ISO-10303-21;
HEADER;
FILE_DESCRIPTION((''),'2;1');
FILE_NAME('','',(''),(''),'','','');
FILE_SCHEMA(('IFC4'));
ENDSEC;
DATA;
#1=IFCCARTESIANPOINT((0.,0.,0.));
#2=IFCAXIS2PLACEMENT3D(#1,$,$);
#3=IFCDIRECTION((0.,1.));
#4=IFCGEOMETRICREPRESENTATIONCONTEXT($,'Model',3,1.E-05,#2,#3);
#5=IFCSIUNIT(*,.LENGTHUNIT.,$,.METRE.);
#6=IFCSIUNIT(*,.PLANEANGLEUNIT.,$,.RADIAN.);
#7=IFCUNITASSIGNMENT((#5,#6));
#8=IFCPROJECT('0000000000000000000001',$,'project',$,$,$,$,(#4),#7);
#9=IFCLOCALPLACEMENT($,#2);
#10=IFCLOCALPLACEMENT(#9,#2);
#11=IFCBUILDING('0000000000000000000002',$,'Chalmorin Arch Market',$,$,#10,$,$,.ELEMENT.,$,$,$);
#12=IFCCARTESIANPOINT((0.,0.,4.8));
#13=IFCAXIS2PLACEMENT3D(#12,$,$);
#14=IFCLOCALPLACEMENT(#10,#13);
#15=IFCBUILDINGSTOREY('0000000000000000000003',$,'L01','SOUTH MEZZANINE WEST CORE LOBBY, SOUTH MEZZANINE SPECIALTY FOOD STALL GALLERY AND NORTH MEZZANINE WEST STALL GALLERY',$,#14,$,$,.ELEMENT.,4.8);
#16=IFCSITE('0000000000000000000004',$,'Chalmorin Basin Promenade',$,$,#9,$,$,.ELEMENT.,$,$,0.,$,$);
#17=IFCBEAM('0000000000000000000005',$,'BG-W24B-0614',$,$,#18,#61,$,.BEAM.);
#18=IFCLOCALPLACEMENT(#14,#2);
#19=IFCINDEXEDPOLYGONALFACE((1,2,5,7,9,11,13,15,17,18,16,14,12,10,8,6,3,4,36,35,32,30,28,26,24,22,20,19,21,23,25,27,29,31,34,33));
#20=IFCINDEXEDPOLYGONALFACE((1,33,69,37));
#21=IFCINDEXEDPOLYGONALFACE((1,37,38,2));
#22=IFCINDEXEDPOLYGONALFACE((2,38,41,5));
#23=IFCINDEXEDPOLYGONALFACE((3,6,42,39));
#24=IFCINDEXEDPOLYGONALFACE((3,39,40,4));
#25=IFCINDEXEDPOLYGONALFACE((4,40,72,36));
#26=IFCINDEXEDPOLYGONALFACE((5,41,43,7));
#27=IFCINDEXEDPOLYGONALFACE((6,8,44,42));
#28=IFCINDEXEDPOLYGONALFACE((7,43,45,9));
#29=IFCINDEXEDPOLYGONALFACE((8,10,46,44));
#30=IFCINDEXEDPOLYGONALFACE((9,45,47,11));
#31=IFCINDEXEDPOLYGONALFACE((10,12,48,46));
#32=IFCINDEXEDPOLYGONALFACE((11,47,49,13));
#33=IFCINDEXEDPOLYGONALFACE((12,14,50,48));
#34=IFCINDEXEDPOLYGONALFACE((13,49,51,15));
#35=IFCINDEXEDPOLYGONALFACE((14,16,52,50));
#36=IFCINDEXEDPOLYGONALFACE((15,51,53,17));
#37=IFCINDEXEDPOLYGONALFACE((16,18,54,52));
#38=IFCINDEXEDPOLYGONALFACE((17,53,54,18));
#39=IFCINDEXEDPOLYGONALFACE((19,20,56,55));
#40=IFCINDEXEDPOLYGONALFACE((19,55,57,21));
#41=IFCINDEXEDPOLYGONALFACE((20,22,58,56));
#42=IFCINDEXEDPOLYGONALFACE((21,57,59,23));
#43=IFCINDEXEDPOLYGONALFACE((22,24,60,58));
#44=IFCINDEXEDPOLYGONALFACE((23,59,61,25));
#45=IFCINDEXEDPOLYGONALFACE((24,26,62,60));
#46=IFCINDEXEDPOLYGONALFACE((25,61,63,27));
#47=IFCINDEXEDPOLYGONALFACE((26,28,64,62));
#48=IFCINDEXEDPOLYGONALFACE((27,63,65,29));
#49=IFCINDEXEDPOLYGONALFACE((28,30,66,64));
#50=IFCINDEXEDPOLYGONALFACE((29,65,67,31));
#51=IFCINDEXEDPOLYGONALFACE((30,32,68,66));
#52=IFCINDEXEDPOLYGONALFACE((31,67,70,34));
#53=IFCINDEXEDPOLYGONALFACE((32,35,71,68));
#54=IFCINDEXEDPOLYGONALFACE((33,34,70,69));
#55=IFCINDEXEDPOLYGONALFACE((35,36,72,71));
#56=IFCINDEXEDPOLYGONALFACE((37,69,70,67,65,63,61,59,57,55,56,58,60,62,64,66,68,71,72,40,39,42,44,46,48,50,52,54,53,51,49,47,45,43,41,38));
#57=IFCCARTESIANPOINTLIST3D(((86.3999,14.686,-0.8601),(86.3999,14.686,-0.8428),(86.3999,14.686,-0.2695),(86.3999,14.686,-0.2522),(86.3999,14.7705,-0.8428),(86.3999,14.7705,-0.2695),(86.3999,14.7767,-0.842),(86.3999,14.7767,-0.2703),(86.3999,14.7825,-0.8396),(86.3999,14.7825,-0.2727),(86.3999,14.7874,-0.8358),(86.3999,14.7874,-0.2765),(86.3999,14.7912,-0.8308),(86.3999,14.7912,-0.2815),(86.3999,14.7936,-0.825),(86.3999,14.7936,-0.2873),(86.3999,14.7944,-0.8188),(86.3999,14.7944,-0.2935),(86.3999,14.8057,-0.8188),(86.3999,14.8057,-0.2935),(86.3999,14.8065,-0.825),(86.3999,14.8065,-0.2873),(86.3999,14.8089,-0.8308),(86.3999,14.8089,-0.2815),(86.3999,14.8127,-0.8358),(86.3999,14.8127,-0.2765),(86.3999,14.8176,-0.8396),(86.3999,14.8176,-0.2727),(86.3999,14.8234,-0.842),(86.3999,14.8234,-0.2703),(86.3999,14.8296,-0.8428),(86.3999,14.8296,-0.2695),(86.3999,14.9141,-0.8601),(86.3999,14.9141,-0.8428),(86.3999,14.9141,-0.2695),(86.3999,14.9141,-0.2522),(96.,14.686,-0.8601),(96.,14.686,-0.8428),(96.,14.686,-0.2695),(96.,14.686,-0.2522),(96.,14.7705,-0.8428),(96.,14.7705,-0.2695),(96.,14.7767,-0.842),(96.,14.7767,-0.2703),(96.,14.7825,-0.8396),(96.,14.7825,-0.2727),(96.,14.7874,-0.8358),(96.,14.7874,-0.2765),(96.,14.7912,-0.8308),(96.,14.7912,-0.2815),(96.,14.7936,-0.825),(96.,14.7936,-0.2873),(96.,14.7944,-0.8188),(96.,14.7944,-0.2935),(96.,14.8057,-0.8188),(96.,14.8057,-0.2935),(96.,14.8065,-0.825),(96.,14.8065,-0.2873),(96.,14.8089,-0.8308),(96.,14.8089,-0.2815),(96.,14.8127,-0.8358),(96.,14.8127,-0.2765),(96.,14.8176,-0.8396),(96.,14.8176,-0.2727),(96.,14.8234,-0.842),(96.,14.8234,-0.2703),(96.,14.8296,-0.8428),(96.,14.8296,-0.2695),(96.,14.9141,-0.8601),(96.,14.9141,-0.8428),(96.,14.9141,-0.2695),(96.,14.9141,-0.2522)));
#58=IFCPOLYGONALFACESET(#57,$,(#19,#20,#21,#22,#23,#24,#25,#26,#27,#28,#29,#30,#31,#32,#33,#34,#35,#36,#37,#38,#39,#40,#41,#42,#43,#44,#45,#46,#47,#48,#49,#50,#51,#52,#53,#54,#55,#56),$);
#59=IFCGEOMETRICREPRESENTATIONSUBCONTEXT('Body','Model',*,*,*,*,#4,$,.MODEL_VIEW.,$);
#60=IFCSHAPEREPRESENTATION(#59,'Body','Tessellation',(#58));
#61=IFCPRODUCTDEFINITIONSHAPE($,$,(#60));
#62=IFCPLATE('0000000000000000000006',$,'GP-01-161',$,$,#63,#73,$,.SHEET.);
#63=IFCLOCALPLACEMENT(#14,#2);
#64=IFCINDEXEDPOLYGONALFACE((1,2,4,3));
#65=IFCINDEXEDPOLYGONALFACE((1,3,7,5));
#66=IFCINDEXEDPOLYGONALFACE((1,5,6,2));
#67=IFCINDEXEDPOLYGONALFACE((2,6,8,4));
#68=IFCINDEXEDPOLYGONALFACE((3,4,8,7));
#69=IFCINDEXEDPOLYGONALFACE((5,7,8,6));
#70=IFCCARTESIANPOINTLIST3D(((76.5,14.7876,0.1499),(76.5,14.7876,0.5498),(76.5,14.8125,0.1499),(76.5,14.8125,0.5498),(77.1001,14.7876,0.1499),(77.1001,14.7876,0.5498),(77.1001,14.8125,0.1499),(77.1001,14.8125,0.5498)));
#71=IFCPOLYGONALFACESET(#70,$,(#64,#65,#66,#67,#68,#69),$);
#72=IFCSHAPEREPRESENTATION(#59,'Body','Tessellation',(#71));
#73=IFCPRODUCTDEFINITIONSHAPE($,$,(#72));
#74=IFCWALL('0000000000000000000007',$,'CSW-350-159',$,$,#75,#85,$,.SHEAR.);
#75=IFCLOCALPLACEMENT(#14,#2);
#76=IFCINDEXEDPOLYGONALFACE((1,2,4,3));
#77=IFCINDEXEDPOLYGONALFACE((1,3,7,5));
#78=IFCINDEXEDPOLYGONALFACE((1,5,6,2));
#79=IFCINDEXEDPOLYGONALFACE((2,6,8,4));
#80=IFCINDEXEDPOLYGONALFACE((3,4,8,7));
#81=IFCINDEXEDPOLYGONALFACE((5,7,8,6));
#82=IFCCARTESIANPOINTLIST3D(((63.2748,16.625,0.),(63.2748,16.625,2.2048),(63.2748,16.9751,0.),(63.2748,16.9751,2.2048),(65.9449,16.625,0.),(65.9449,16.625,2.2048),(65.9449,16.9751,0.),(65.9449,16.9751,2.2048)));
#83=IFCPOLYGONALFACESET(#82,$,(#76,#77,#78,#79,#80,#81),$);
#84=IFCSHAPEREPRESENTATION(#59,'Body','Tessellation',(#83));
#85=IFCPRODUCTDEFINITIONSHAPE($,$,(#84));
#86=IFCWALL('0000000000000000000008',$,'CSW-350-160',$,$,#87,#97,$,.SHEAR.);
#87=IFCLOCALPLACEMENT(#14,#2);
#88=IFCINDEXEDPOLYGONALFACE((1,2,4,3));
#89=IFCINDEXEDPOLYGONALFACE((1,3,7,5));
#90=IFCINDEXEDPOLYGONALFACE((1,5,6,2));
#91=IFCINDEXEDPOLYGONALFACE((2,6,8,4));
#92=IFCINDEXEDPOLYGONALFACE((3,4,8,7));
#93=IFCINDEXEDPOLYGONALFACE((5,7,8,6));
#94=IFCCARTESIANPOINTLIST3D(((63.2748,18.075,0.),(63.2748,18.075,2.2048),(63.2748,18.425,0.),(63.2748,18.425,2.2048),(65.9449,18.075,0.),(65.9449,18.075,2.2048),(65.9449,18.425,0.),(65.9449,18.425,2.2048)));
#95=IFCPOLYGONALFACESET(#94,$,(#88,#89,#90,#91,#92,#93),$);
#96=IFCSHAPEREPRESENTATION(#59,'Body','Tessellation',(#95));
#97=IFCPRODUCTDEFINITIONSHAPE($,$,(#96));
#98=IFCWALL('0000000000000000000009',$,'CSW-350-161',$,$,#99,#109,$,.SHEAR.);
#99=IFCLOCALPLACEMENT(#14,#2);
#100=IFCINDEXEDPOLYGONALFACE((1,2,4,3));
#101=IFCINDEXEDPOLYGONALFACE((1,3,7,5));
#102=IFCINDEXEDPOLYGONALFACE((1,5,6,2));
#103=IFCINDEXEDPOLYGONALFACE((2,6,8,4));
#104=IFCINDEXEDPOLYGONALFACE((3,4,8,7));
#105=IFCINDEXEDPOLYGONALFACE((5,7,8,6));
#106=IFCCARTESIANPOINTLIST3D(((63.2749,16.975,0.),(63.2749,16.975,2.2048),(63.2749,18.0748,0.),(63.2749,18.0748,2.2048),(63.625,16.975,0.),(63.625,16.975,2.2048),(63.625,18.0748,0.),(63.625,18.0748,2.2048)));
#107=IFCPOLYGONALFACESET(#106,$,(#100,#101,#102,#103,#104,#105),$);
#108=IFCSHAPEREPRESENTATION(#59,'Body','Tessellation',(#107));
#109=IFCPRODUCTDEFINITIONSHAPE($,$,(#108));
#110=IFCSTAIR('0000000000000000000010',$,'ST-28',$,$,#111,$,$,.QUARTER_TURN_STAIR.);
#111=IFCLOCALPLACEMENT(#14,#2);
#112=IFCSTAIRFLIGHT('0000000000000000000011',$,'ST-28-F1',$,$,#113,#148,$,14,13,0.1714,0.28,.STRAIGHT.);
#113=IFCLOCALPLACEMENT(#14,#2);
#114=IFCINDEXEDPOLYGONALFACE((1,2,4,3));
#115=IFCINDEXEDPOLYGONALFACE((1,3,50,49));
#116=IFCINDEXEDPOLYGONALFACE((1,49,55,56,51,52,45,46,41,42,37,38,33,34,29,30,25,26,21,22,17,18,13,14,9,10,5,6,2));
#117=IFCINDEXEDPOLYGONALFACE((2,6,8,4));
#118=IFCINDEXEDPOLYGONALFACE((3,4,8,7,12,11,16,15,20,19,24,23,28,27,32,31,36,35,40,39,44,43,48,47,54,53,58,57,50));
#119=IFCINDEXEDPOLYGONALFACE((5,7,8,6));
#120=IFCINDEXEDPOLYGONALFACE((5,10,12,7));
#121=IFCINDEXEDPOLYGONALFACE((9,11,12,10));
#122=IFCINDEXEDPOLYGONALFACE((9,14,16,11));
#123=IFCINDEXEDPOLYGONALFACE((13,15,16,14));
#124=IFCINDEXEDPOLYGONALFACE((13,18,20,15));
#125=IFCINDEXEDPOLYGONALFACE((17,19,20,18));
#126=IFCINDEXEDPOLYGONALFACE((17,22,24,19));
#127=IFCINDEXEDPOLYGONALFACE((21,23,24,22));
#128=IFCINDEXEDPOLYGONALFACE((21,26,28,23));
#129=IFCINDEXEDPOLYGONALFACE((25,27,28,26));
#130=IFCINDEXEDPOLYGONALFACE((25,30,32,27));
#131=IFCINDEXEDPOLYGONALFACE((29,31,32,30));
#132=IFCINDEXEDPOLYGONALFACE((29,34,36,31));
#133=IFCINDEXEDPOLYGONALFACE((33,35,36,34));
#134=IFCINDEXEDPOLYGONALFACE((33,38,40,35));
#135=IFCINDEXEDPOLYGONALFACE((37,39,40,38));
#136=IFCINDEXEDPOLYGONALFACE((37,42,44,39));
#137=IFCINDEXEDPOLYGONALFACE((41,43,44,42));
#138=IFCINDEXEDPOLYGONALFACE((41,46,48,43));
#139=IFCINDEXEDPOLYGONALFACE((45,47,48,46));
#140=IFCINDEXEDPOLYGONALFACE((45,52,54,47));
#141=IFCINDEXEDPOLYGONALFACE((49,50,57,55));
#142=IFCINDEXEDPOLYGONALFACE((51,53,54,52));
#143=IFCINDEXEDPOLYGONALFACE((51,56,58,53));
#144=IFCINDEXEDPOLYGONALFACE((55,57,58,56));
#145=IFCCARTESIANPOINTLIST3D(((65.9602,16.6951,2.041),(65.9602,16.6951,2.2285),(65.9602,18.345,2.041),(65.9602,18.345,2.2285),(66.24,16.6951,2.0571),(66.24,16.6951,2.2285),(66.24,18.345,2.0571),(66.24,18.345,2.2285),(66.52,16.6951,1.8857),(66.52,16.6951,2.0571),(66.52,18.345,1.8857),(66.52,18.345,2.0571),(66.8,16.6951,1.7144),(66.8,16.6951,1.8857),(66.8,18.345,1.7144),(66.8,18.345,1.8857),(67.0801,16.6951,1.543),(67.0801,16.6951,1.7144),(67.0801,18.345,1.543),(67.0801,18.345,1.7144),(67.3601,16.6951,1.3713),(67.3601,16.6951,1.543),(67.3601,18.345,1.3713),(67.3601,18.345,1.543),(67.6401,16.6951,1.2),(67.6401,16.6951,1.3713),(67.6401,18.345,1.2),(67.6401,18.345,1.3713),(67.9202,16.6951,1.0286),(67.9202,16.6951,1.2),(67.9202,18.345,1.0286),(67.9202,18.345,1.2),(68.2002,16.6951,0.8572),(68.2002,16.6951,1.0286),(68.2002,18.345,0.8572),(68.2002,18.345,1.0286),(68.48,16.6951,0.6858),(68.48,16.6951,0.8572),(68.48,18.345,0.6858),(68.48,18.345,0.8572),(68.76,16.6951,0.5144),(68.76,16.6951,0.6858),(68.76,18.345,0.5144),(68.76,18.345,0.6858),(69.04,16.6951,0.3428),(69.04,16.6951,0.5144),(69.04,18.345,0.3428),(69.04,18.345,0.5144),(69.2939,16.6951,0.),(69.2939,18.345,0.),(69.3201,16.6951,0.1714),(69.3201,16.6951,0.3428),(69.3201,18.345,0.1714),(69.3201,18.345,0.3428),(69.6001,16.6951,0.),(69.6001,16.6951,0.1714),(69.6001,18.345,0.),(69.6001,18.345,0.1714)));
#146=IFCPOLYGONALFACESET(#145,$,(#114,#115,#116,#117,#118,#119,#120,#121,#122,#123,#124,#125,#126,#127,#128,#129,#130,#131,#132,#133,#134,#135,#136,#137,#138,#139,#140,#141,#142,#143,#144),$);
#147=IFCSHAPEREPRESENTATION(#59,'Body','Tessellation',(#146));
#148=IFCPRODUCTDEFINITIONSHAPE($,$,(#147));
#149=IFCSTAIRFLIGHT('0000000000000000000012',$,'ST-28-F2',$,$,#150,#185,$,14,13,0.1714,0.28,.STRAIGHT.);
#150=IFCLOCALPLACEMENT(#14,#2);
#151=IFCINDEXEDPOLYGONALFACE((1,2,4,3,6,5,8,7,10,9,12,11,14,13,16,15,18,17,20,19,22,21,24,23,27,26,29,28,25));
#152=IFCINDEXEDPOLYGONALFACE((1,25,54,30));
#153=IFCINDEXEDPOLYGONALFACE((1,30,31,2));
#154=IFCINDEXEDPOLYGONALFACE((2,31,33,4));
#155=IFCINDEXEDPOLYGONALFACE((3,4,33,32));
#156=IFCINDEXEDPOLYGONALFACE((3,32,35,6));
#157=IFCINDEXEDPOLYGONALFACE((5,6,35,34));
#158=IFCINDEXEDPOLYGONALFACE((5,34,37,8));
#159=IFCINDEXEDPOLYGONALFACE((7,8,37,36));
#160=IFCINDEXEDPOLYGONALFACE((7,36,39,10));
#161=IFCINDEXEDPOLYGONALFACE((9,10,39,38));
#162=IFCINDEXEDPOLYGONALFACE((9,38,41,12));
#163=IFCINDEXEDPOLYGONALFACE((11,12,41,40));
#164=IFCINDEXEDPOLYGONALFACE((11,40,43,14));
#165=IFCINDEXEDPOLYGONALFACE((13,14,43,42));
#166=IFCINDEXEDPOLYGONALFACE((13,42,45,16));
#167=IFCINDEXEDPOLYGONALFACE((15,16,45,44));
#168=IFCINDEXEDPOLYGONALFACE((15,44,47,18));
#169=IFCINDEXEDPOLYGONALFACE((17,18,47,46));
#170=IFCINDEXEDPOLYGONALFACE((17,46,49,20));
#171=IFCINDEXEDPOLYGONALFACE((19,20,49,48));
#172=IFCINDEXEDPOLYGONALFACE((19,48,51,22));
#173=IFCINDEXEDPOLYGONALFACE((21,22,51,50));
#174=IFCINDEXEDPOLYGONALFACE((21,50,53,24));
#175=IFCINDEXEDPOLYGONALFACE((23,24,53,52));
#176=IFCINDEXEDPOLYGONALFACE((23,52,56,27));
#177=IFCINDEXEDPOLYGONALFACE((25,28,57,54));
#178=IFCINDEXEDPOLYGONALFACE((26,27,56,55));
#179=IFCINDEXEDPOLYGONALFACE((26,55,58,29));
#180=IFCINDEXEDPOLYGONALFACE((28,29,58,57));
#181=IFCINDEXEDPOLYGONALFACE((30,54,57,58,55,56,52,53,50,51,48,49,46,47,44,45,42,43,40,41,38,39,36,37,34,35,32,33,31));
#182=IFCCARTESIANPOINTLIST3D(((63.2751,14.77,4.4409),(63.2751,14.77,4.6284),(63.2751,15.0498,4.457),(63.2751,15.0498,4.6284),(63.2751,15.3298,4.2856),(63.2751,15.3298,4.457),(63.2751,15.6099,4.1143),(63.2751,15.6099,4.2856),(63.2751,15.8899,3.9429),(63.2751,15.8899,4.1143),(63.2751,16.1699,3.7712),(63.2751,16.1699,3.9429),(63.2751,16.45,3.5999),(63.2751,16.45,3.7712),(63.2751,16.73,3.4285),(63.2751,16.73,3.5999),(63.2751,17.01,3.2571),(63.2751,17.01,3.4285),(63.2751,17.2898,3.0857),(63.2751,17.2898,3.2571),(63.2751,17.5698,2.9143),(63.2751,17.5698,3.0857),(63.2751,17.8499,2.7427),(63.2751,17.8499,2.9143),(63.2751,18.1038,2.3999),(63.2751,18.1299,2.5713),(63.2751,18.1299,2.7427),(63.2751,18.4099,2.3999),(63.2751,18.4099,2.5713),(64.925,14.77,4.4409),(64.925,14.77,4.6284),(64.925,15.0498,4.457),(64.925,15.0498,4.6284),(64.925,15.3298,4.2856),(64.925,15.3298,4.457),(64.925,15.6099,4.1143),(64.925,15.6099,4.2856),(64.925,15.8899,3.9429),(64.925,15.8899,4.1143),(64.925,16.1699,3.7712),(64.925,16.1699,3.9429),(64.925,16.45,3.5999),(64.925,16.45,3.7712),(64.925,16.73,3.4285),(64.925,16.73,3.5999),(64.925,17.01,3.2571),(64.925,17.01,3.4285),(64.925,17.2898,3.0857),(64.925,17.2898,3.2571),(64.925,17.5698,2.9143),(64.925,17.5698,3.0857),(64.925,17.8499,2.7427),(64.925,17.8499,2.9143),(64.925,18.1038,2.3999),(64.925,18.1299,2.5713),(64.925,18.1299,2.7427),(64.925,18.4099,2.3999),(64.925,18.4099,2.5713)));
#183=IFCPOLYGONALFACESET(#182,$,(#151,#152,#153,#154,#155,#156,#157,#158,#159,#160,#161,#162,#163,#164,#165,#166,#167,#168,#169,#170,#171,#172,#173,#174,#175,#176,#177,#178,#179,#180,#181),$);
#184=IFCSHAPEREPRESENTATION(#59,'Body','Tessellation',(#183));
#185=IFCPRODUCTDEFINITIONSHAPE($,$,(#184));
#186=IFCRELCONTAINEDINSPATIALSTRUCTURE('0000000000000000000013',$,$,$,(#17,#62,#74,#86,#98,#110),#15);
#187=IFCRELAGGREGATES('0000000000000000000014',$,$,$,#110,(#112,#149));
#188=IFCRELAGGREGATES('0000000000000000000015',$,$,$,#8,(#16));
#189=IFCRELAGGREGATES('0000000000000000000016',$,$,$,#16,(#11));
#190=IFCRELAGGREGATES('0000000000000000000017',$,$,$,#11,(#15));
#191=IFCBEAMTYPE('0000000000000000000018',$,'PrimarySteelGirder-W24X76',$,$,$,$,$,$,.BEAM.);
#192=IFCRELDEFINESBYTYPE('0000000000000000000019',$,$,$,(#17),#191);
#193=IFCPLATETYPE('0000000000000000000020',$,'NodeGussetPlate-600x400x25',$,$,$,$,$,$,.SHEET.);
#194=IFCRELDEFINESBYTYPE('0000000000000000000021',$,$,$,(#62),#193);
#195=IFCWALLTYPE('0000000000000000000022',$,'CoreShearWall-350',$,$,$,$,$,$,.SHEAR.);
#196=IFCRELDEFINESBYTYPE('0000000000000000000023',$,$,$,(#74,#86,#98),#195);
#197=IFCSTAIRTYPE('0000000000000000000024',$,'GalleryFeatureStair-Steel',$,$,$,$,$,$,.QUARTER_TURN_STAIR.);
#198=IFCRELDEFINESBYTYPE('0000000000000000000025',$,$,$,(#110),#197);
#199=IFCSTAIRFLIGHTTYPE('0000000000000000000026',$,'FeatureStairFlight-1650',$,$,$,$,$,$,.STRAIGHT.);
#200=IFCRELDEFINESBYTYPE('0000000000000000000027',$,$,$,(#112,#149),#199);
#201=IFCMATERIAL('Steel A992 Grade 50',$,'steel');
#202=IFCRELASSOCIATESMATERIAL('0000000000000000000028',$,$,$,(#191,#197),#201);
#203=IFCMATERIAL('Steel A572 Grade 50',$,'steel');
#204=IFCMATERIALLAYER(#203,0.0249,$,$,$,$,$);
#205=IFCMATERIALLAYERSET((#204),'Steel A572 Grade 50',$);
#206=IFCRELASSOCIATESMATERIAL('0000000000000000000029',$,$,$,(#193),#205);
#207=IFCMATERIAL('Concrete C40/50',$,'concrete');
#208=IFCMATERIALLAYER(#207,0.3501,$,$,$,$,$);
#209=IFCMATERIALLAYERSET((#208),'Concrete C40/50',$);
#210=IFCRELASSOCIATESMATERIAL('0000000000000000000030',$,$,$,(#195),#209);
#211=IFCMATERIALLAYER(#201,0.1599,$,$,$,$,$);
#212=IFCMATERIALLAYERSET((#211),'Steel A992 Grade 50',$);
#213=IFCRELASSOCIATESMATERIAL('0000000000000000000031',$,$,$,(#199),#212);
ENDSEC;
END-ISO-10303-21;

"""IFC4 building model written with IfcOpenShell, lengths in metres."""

from ifc_helpers import new_model, si_unit, direction, frame, frame_2d, origin, origin_2d, place, context, subcontext, project, spatial, polyline, rectangle, i_section, outline, extrude, material, layer, layer_set, material_profile, profile_set, type_object, element, aggregate, save


model = new_model("IFC4")

# Units and contexts
model_context = context("Model", 3, precision=1e-05, world=origin(), true_north=direction((0.0, 1.0)))
body_context = subcontext(model_context, "Body", "Model", "MODEL_VIEW")
ifc_project = project(units=[si_unit("LENGTHUNIT", "METRE"), si_unit("PLANEANGLEUNIT", "RADIAN")], contexts=[model_context])

# Site, building, storey
site_placement = place(None, origin())
site = spatial("IfcSite", under=ifc_project, at=site_placement, Name="Chalmorin Basin Promenade", CompositionType="ELEMENT", RefElevation=0.0)
building_placement = place(site_placement, origin())
building = spatial("IfcBuilding", under=site, at=building_placement, Name="Chalmorin Arch Market", CompositionType="ELEMENT")
storey_placement = place(building_placement, frame((0.0, 0.0, 4.8)))
storey = spatial("IfcBuildingStorey", under=building, at=storey_placement, Name="L01", Description="SOUTH MEZZANINE WEST CORE LOBBY, SOUTH MEZZANINE SPECIALTY FOOD STALL GALLERY AND NORTH MEZZANINE WEST STALL GALLERY", CompositionType="ELEMENT", Elevation=4.8)

# Shared definitions
ifc_material_1 = material(Name="Concrete C40/50", Category="concrete")

# Beam
ifc_material_2 = material(Name="Steel A992 Grade 50", Category="steel")
ifc_material_profile_1 = material_profile(ifc_material_2, i_section(OverallWidth=0.228, OverallDepth=0.6079, WebThickness=0.0112, FlangeThickness=0.0173, FilletRadius=0.0239, at=origin_2d()), Name="W24X76")
ifc_profile_set_1 = profile_set([ifc_material_profile_1], Name="Steel A992 Grade 50")
beam_type = type_object("IfcBeamType", Name="PrimarySteelGirder-W24X76", PredefinedType="BEAM", material=ifc_profile_set_1)
beam_1_placement = place(storey_placement, frame((86.3999, 14.8, -0.5562), z_axis=(1.0, 0.0, 0.0), x_axis=(0.0, 1.0, 0.0)))
element("IfcBeam", 1, at=beam_1_placement, inside=storey, type_object=beam_type, Name="BG-W24B-0614", PredefinedType="BEAM", context=body_context, shape_type="SweptSolid", body=[
    extrude(i_section(OverallWidth=0.228, OverallDepth=0.6079, WebThickness=0.0112, FlangeThickness=0.0173, FilletRadius=0.0239, at=origin_2d()), origin(), (0.0, 0.0, 1.0), 9.6001),
])

# Plate
ifc_material_3 = material(Name="Steel A572 Grade 50", Category="steel")
ifc_layer_1 = layer(ifc_material_3, 0.0249)
ifc_layer_set_1 = layer_set([ifc_layer_1], Name="Steel A572 Grade 50")
plate_type = type_object("IfcPlateType", Name="NodeGussetPlate-600x400x25", PredefinedType="SHEET", material=ifc_layer_set_1)
plate_placement = place(storey_placement, frame((76.8, 14.8, 0.1499), z_axis=(0.0, 0.0, 1.0), x_axis=(1.0, 0.0, 0.0)))
element("IfcPlate", 2, at=plate_placement, inside=storey, type_object=plate_type, Name="GP-01-161", PredefinedType="SHEET", context=body_context, shape_type="SweptSolid", body=[
    extrude(rectangle(XDim=0.6001, YDim=0.0249, at=origin_2d()), origin(), (0.0, 0.0, 1.0), 0.3999),
])

# Walls
ifc_layer_2 = layer(ifc_material_1, 0.3501)
ifc_layer_set_2 = layer_set([ifc_layer_2], Name="Concrete C40/50")
wall_type = type_object("IfcWallType", Name="CoreShearWall-350", PredefinedType="SHEAR", material=ifc_layer_set_2)
for number, where, z_axis, x_axis, name in (
    (3, (63.2749, 16.8, 0.0), (0.0, 0.0, 1.0), (1.0, 0.0, 0.0), "CSW-350-159"),
    (4, (63.2749, 18.25, 0.0), (0.0, 0.0, 1.0), (1.0, 0.0, 0.0), "CSW-350-160"),
):
    element("IfcWall", number, at=place(storey_placement, frame(where, z_axis=z_axis, x_axis=x_axis)), inside=storey, type_object=wall_type, Name=name, PredefinedType="SHEAR", context=body_context, shape_type="SweptSolid", body=[
        extrude(rectangle(XDim=2.6702, YDim=0.3501, at=frame_2d((1.335, 0.0))), origin(), (0.0, 0.0, 1.0), 2.2048),
    ])
wall_placement = place(storey_placement, frame((63.45, 16.9751, 0.0), z_axis=(0.0, 0.0, 1.0), x_axis=(0.0, 1.0, 0.0)))
element("IfcWall", 5, at=wall_placement, inside=storey, type_object=wall_type, Name="CSW-350-161", PredefinedType="SHEAR", context=body_context, shape_type="SweptSolid", body=[
    extrude(rectangle(XDim=1.0999, YDim=0.3501, at=frame_2d((0.5498, 0.0))), origin(), (0.0, 0.0, 1.0), 2.2048),
])

# Stair, stair flights
stair_type = type_object("IfcStairType", Name="GalleryFeatureStair-Steel", PredefinedType="QUARTER_TURN_STAIR", material=ifc_material_2)
stair_placement = place(storey_placement, origin())
stair = element("IfcStair", 6, at=stair_placement, inside=storey, type_object=stair_type, Name="ST-28", PredefinedType="QUARTER_TURN_STAIR")
ifc_layer_3 = layer(ifc_material_2, 0.1599)
ifc_layer_set_3 = layer_set([ifc_layer_3], Name="Steel A992 Grade 50")
stair_flight_type = type_object("IfcStairFlightType", Name="FeatureStairFlight-1650", PredefinedType="STRAIGHT", material=ifc_layer_set_3)
stair_flight_1_placement = place(storey_placement, frame((69.6001, 17.52, 0.0), z_axis=(0.0, 0.0, 1.0), x_axis=(-1.0, 0.0, 0.0)))
stair_flight_1 = element("IfcStairFlight", 7, at=stair_flight_1_placement, type_object=stair_flight_type, Name="ST-28-F1", NumberOfRisers=14, NumberOfTreads=13, PredefinedType="STRAIGHT", RiserHeight=0.1714, TreadLength=0.28, context=body_context, shape_type="SweptSolid", body=[
    extrude(outline(polyline([(0.0, 0.0), (0.0, 0.1714), (0.28, 0.1714), (0.28, 0.3428), (0.5601, 0.3428), (0.5601, 0.5144), (0.8401, 0.5144), (0.8401, 0.6858), (1.1201, 0.6858), (1.1201, 0.8572), (1.3999, 0.8572), (1.3999, 1.0286), (1.6799, 1.0286), (1.6799, 1.2), (1.96, 1.2), (1.96, 1.3713), (2.24, 1.3713), (2.24, 1.543), (2.52, 1.543), (2.52, 1.7144), (2.8, 1.7144), (2.8, 1.8857), (3.0801, 1.8857), (3.0801, 2.0571), (3.3601, 2.0571), (3.3601, 2.2285), (3.6399, 2.2285), (3.6399, 2.3999), (3.6399, 2.041), (0.3062, 0.0), (0.0, 0.0)])), frame((0.0, 0.825, 0.0), z_axis=(0.0, -1.0, 0.0), x_axis=(1.0, 0.0, 0.0)), (0.0, 0.0, 1.0), 1.6499),
])
stair_flight_2_placement = place(storey_placement, frame((64.1001, 18.4099, 2.3999), z_axis=(0.0, 0.0, 1.0), x_axis=(0.0, -1.0, 0.0)))
stair_flight_2 = element("IfcStairFlight", 8, at=stair_flight_2_placement, type_object=stair_flight_type, Name="ST-28-F2", NumberOfRisers=14, NumberOfTreads=13, PredefinedType="STRAIGHT", RiserHeight=0.1714, TreadLength=0.28, context=body_context, shape_type="SweptSolid", body=[
    extrude(outline(polyline([(0.0, 0.0), (0.0, 0.1714), (0.28, 0.1714), (0.28, 0.3428), (0.5601, 0.3428), (0.5601, 0.5144), (0.8401, 0.5144), (0.8401, 0.6858), (1.1201, 0.6858), (1.1201, 0.8572), (1.3999, 0.8572), (1.3999, 1.0286), (1.6799, 1.0286), (1.6799, 1.2), (1.96, 1.2), (1.96, 1.3713), (2.24, 1.3713), (2.24, 1.543), (2.52, 1.543), (2.52, 1.7144), (2.8, 1.7144), (2.8, 1.8857), (3.0801, 1.8857), (3.0801, 2.0571), (3.3601, 2.0571), (3.3601, 2.2285), (3.6399, 2.2285), (3.6399, 2.3999), (3.6399, 2.041), (0.3062, 0.0), (0.0, 0.0)])), frame((0.0, 0.825, 0.0), z_axis=(0.0, -1.0, 0.0), x_axis=(1.0, 0.0, 0.0)), (0.0, 0.0, 1.0), 1.6499),
])

aggregate(stair, [stair_flight_1, stair_flight_2])

save(model, "model.ifc")
